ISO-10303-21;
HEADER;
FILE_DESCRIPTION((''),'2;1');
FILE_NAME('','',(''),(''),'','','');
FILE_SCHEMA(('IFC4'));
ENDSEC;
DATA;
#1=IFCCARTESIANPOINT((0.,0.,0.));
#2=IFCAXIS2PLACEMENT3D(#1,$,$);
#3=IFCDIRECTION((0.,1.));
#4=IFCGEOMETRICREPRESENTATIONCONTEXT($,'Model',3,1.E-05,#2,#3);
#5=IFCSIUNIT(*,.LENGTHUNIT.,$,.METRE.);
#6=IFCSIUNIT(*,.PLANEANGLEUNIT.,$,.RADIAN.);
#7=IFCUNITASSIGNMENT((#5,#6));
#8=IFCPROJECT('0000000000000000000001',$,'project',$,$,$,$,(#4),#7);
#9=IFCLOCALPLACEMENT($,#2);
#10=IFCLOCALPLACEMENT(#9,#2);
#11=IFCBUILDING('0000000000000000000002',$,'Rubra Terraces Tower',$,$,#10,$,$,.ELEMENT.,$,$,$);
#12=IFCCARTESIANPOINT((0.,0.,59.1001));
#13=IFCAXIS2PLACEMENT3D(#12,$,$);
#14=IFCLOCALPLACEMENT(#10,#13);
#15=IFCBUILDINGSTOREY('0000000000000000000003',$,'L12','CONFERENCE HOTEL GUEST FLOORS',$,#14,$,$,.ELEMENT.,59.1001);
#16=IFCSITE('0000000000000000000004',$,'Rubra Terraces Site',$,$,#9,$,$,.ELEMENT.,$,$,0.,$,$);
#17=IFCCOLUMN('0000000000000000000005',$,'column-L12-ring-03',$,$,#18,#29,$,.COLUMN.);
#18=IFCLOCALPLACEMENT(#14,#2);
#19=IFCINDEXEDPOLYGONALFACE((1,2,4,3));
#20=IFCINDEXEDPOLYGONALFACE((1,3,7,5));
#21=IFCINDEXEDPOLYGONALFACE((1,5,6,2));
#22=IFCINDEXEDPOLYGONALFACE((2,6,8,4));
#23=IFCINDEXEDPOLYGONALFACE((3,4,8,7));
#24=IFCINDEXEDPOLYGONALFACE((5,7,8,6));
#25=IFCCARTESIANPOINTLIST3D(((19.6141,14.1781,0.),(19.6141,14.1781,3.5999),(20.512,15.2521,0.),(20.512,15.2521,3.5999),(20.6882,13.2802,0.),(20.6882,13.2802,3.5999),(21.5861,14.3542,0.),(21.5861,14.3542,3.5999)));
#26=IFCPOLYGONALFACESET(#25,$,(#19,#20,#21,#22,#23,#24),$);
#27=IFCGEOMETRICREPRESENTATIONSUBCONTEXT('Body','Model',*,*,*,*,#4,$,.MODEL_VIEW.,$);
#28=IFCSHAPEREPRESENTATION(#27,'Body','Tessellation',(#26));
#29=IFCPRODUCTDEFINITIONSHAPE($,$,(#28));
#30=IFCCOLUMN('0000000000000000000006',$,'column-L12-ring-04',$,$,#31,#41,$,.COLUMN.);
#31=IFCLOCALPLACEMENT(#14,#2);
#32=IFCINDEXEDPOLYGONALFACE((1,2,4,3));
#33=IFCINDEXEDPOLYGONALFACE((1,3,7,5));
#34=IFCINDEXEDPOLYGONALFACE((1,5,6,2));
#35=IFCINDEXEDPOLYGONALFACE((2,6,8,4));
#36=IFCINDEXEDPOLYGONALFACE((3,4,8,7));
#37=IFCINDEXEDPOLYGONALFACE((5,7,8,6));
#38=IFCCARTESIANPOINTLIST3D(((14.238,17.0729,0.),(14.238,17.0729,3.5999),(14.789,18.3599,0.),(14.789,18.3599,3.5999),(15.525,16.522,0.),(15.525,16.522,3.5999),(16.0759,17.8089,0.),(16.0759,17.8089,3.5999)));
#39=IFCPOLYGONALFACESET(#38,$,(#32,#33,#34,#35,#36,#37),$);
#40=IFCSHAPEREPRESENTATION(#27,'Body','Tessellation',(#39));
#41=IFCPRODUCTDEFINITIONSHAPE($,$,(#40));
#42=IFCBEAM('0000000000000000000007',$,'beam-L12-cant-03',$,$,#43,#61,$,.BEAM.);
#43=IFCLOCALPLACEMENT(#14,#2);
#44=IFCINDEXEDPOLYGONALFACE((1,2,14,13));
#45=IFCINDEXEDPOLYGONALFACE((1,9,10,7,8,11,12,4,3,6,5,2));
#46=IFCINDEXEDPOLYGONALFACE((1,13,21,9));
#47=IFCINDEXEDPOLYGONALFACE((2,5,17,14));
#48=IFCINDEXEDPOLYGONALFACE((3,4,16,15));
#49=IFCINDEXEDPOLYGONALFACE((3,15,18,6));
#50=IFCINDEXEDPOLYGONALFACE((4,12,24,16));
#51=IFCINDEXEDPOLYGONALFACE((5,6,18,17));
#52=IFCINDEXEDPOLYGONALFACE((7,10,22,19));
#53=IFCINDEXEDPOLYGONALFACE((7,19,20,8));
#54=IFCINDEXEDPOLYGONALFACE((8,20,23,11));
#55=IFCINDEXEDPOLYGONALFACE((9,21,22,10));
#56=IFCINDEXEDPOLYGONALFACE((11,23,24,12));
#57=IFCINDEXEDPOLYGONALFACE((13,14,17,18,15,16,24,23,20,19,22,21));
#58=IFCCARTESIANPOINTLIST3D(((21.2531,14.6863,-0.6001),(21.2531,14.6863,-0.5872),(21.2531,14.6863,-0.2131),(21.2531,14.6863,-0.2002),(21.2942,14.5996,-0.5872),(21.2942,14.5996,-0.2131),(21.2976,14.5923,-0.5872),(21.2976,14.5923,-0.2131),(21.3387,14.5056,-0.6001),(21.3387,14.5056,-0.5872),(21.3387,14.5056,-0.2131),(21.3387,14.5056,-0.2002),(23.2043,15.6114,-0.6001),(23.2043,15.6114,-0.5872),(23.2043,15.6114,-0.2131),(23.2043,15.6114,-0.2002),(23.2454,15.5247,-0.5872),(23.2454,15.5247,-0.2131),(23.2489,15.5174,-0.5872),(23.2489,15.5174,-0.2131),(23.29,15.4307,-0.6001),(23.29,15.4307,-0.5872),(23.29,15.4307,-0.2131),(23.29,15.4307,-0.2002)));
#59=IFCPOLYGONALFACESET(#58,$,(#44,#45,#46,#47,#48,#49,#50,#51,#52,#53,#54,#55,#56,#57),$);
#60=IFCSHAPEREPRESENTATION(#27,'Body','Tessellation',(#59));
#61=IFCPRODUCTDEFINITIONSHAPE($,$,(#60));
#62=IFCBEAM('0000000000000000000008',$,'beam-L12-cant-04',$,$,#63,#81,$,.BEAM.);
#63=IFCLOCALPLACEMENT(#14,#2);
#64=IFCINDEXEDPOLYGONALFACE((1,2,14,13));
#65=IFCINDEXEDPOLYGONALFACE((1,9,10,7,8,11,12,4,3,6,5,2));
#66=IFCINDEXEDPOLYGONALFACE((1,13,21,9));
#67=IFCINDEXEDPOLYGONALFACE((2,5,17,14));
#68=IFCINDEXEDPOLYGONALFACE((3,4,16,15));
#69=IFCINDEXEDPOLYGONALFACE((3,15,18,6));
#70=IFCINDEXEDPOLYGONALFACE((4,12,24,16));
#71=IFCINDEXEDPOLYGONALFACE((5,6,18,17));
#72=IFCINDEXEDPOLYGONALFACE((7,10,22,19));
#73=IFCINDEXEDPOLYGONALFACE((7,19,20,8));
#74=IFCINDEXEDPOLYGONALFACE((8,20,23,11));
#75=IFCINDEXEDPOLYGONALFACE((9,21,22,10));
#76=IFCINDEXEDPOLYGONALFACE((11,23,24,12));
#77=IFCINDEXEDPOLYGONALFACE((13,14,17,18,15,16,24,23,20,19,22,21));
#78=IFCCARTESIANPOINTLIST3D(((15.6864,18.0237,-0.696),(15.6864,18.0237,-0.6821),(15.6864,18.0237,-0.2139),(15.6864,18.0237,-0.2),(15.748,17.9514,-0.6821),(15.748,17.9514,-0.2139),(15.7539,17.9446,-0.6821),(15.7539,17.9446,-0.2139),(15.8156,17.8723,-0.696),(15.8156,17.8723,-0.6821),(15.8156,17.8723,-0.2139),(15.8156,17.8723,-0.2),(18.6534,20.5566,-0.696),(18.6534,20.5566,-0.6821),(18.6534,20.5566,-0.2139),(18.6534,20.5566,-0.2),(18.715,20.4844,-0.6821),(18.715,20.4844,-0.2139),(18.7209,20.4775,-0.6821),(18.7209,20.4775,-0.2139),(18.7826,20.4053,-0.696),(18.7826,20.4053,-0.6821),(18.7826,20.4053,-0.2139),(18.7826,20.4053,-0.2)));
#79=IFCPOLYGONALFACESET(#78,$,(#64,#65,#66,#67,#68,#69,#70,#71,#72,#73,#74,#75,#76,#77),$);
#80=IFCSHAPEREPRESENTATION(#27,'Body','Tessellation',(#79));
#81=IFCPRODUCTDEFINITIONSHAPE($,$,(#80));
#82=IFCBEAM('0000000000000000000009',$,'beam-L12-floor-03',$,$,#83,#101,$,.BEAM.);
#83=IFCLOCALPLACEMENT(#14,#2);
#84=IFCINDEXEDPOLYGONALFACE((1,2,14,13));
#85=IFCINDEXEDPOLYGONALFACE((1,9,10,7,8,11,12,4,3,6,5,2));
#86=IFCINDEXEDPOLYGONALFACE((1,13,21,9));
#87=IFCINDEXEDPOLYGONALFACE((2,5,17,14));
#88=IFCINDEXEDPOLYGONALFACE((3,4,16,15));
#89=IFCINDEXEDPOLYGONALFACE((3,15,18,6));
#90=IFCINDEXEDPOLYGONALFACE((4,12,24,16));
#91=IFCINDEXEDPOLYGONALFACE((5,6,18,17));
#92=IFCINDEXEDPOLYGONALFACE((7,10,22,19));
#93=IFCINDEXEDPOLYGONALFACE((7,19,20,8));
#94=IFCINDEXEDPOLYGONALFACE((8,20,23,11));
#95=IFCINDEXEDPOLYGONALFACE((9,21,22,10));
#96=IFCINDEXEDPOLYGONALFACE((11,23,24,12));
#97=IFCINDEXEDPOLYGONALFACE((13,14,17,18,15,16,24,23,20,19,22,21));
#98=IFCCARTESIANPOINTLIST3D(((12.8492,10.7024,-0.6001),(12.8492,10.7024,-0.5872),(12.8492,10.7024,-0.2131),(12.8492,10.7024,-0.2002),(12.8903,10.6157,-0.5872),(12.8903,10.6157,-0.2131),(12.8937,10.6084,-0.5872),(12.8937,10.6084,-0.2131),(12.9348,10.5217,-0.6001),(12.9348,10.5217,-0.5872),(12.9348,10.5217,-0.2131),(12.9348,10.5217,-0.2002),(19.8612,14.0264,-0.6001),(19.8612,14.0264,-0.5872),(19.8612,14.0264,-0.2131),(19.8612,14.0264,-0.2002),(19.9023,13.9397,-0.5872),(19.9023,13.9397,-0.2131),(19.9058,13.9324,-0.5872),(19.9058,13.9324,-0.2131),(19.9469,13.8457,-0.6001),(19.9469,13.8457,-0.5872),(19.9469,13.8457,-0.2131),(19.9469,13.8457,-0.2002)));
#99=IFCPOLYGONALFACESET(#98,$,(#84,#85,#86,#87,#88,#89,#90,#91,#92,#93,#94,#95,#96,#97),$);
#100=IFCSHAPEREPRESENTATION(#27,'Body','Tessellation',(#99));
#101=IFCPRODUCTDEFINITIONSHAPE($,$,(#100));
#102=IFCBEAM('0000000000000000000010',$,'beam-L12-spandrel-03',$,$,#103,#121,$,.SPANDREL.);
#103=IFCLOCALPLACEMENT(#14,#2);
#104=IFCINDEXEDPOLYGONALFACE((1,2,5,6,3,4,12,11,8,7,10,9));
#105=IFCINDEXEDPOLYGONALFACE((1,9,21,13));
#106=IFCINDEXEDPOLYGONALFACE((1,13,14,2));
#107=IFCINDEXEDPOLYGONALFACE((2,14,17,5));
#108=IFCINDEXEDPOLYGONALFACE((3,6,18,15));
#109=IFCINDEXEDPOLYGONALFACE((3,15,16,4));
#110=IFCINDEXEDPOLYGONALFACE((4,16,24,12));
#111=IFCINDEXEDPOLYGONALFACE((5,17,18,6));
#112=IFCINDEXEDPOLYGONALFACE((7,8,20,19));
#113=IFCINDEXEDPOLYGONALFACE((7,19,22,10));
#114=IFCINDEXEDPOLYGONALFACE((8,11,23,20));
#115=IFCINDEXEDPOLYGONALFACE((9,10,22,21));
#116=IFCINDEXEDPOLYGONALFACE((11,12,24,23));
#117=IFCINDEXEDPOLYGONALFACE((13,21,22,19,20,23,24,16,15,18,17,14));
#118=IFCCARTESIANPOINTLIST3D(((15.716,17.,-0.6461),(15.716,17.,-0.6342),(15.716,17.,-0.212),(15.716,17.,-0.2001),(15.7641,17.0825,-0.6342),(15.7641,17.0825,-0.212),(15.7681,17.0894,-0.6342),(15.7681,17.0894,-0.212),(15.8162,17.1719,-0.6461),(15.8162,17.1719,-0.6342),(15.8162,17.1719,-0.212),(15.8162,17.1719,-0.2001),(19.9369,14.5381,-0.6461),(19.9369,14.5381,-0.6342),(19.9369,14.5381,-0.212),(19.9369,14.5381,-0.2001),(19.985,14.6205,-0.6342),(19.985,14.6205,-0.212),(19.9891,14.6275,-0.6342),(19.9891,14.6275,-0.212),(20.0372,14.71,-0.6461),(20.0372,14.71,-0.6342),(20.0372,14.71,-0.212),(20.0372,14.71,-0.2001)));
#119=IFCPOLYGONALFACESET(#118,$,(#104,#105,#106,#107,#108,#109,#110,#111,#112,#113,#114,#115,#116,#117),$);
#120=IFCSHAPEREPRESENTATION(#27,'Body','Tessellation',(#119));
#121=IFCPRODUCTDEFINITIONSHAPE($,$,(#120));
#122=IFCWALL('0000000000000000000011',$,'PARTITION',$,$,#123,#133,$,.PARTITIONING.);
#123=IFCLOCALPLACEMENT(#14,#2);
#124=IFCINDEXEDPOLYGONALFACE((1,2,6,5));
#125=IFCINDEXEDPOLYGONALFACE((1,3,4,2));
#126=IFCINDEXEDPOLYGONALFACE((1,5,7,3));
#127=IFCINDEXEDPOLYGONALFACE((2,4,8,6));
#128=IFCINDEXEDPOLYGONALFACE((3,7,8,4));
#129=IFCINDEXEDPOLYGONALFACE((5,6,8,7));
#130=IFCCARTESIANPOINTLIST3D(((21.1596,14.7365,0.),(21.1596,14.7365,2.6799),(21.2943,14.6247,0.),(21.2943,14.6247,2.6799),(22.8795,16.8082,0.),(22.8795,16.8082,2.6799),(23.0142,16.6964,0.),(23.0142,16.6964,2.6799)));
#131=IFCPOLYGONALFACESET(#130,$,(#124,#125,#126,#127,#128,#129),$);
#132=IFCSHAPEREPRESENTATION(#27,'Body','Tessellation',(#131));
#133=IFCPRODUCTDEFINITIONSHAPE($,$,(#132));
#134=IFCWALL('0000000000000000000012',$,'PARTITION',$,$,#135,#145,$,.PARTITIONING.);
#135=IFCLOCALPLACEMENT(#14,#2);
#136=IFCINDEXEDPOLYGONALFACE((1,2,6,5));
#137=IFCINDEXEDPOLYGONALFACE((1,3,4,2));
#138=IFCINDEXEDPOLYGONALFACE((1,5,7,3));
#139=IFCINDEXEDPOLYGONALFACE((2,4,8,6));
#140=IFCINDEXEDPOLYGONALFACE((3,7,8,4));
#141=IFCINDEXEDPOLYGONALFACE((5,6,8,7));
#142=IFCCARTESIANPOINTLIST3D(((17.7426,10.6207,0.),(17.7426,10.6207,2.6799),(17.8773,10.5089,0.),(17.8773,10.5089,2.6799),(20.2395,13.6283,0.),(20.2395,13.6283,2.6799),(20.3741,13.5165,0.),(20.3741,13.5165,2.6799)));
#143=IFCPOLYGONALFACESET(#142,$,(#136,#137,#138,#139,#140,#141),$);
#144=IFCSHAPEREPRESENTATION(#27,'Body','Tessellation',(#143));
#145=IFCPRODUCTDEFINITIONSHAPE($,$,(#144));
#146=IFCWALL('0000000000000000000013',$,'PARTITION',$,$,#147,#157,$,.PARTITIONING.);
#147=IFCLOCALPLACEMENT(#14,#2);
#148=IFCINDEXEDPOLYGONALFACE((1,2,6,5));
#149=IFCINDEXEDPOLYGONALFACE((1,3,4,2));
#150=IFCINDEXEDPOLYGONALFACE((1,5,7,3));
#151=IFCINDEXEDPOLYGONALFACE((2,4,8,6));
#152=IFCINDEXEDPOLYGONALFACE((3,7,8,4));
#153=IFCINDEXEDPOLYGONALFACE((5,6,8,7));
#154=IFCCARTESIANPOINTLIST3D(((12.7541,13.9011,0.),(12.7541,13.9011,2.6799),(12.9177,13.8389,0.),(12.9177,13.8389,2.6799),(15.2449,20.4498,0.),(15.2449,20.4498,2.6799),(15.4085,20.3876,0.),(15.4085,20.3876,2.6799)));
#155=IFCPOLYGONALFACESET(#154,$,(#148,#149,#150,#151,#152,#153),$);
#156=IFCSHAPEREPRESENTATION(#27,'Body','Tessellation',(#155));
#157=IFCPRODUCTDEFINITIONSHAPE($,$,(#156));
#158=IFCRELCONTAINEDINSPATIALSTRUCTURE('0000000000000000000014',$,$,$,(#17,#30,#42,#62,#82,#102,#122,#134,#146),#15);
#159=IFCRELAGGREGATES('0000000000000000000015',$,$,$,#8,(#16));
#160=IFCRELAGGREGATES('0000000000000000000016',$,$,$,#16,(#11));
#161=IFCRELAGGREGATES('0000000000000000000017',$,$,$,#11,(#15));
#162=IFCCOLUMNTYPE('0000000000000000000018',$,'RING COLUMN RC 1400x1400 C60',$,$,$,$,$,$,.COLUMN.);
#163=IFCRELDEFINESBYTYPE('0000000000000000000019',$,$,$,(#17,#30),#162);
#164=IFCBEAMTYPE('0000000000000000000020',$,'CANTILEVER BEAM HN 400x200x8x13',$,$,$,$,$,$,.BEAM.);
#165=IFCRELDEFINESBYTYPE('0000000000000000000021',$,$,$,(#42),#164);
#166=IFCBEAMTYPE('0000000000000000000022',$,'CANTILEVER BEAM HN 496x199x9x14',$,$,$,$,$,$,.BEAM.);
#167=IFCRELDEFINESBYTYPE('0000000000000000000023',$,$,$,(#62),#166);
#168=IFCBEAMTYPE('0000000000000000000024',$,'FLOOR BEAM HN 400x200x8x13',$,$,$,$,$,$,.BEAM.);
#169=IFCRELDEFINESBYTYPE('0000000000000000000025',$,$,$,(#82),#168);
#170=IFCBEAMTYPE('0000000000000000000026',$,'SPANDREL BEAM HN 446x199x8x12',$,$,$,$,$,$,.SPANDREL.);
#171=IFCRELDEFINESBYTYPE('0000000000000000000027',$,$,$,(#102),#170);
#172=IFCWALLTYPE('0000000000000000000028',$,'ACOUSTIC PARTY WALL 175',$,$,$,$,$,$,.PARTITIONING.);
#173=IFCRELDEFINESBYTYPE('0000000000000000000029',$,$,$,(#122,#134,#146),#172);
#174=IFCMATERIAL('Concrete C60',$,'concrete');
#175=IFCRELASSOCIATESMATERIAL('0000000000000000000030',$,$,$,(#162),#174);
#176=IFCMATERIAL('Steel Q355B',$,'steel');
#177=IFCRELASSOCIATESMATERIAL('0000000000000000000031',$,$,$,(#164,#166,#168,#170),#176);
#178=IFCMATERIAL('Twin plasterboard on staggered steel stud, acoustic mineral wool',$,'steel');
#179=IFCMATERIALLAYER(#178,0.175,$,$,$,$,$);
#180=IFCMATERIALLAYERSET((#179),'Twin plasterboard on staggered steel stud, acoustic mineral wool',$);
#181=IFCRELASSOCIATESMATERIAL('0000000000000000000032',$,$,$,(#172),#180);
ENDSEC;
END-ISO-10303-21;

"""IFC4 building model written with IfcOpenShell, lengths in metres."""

from ifc_helpers import new_model, si_unit, direction, frame, frame_2d, origin, origin_2d, place, context, subcontext, project, spatial, rectangle, i_section, extrude, material, layer, layer_set, material_profile, profile_set, type_object, element, save


model = new_model("IFC4")

# Units and contexts
model_context = context("Model", 3, precision=1e-05, world=origin(), true_north=direction((0.0, 1.0)))
body_context = subcontext(model_context, "Body", "Model", "MODEL_VIEW")
ifc_project = project(units=[si_unit("LENGTHUNIT", "METRE"), si_unit("PLANEANGLEUNIT", "RADIAN")], contexts=[model_context])

# Site, building, storey
site_placement = place(None, origin())
site = spatial("IfcSite", under=ifc_project, at=site_placement, Name="Rubra Terraces Site", CompositionType="ELEMENT", RefElevation=0.0)
building_placement = place(site_placement, origin())
building = spatial("IfcBuilding", under=site, at=building_placement, Name="Rubra Terraces Tower", CompositionType="ELEMENT")
storey_placement = place(building_placement, frame((0.0, 0.0, 59.1001)))
storey = spatial("IfcBuildingStorey", under=building, at=storey_placement, Name="L12", Description="CONFERENCE HOTEL GUEST FLOORS", CompositionType="ELEMENT", Elevation=59.1001)

# Columns
ifc_material_1 = material(Name="Concrete C60", Category="concrete")
ifc_material_profile_1 = material_profile(ifc_material_1, rectangle(XDim=1.3999, YDim=1.3999, at=origin_2d()), Name="RC 1400x1400")
ifc_profile_set_1 = profile_set([ifc_material_profile_1], Name="Concrete C60")
column_type = type_object("IfcColumnType", Name="RING COLUMN RC 1400x1400 C60", PredefinedType="COLUMN", material=ifc_profile_set_1)
for number, where, z_axis, x_axis, name in (
    (1, (20.6001, 14.2661, 0.0), (0.0, 0.0, 1.0), (-0.76721, 0.641397, 0.0), "column-L12-ring-03"),
    (2, (15.157, 17.4409, 0.0), (0.0, 0.0, 1.0), (-0.919294, 0.393572, 0.0), "column-L12-ring-04"),
):
    element("IfcColumn", number, at=place(storey_placement, frame(where, z_axis=z_axis, x_axis=x_axis)), inside=storey, type_object=column_type, Name=name, PredefinedType="COLUMN", context=body_context, shape_type="SweptSolid", body=[
        extrude(rectangle(XDim=1.3999, YDim=1.3999, at=origin_2d()), origin(), (0.0, 0.0, 1.0), 3.5999),
    ])

# Beams
ifc_material_2 = material(Name="Steel Q355B", Category="steel")
ifc_material_profile_2 = material_profile(ifc_material_2, i_section(OverallWidth=0.2, OverallDepth=0.3999, WebThickness=0.0081, FlangeThickness=0.0129, at=origin_2d()), Name="HN 400x200x8x13")
ifc_profile_set_2 = profile_set([ifc_material_profile_2], Name="Steel Q355B")
beam_type_1 = type_object("IfcBeamType", Name="CANTILEVER BEAM HN 400x200x8x13", PredefinedType="BEAM", material=ifc_profile_set_2)
beam_1_placement = place(storey_placement, frame((21.2959, 14.5959, -0.4001), z_axis=(0.903593, 0.428393, 0.0), x_axis=(-0.428393, 0.903593, 0.0)))
element("IfcBeam", 3, at=beam_1_placement, inside=storey, type_object=beam_type_1, Name="beam-L12-cant-03", PredefinedType="BEAM", context=body_context, shape_type="SweptSolid", body=[
    extrude(i_section(OverallWidth=0.2, OverallDepth=0.3999, WebThickness=0.0081, FlangeThickness=0.0129, at=origin_2d()), origin(), (0.0, 0.0, 1.0), 2.1594),
])
ifc_material_profile_3 = material_profile(ifc_material_2, i_section(OverallWidth=0.199, OverallDepth=0.4961, WebThickness=0.009, FlangeThickness=0.0139, at=origin_2d()), Name="HN 496x199x9x14")
ifc_profile_set_3 = profile_set([ifc_material_profile_3], Name="Steel Q355B")
beam_type_2 = type_object("IfcBeamType", Name="CANTILEVER BEAM HN 496x199x9x14", PredefinedType="BEAM", material=ifc_profile_set_3)
beam_2_placement = place(storey_placement, frame((15.751, 17.948, -0.448), z_axis=(0.760549, 0.64928, 0.0), x_axis=(-0.64928, 0.760549, 0.0)))
element("IfcBeam", 4, at=beam_2_placement, inside=storey, type_object=beam_type_2, Name="beam-L12-cant-04", PredefinedType="BEAM", context=body_context, shape_type="SweptSolid", body=[
    extrude(i_section(OverallWidth=0.199, OverallDepth=0.4961, WebThickness=0.009, FlangeThickness=0.0139, at=origin_2d()), origin(), (0.0, 0.0, 1.0), 3.9011),
])
ifc_material_profile_4 = material_profile(ifc_material_2, i_section(OverallWidth=0.2, OverallDepth=0.3999, WebThickness=0.0081, FlangeThickness=0.0129, at=origin_2d()), Name="HN 400x200x8x13")
ifc_profile_set_4 = profile_set([ifc_material_profile_4], Name="Steel Q355B")
beam_type_3 = type_object("IfcBeamType", Name="FLOOR BEAM HN 400x200x8x13", PredefinedType="BEAM", material=ifc_profile_set_4)
beam_3_placement = place(storey_placement, frame((19.9041, 13.936, -0.4001), z_axis=(-0.903612, -0.428351, 0.0), x_axis=(0.428351, -0.903612, 0.0)))
element("IfcBeam", 5, at=beam_3_placement, inside=storey, type_object=beam_type_3, Name="beam-L12-floor-03", PredefinedType="BEAM", context=body_context, shape_type="SweptSolid", body=[
    extrude(i_section(OverallWidth=0.2, OverallDepth=0.3999, WebThickness=0.0081, FlangeThickness=0.0129, at=origin_2d()), origin(), (0.0, 0.0, 1.0), 7.76),
])
ifc_material_profile_5 = material_profile(ifc_material_2, i_section(OverallWidth=0.199, OverallDepth=0.446, WebThickness=0.0081, FlangeThickness=0.012, at=origin_2d()), Name="HN 446x199x8x12")
ifc_profile_set_5 = profile_set([ifc_material_profile_5], Name="Steel Q355B")
beam_type_4 = type_object("IfcBeamType", Name="SPANDREL BEAM HN 446x199x8x12", PredefinedType="SPANDREL", material=ifc_profile_set_5)
beam_4_placement = place(storey_placement, frame((19.9871, 14.624, -0.4231), z_axis=(-0.863806, 0.503824, 0.0), x_axis=(-0.503824, -0.863806, 0.0)))
element("IfcBeam", 6, at=beam_4_placement, inside=storey, type_object=beam_type_4, Name="beam-L12-spandrel-03", PredefinedType="SPANDREL", context=body_context, shape_type="SweptSolid", body=[
    extrude(i_section(OverallWidth=0.199, OverallDepth=0.446, WebThickness=0.0081, FlangeThickness=0.012, at=origin_2d()), origin(), (0.0, 0.0, 1.0), 4.8865),
])

# Walls
ifc_material_3 = material(Name="Twin plasterboard on staggered steel stud, acoustic mineral wool", Category="steel")
ifc_layer_1 = layer(ifc_material_3, 0.175)
ifc_layer_set_1 = layer_set([ifc_layer_1], Name="Twin plasterboard on staggered steel stud, acoustic mineral wool")
wall_type_1 = type_object("IfcWallType", Name="ACOUSTIC PARTY WALL 175", PredefinedType="PARTITIONING", material=ifc_layer_set_1)
wall_1_placement = place(storey_placement, frame((22.9468, 16.7522, 0.0), z_axis=(0.0, 0.0, 1.0), x_axis=(-0.638756, -0.769409, 0.0)))
element("IfcWall", 7, at=wall_1_placement, inside=storey, type_object=wall_type_1, Name="PARTITION", PredefinedType="PARTITIONING", context=body_context, shape_type="SweptSolid", body=[
    extrude(rectangle(XDim=2.6926, YDim=0.175, at=frame_2d((1.3462, 0.0))), origin(), (0.0, 0.0, 1.0), 2.6799),
])
wall_2_placement = place(storey_placement, frame((20.3069, 13.5725, 0.0), z_axis=(0.0, 0.0, 1.0), x_axis=(-0.638752, -0.769413, 0.0)))
element("IfcWall", 8, at=wall_2_placement, inside=storey, type_object=wall_type_1, Name="PARTITION", PredefinedType="PARTITIONING", context=body_context, shape_type="SweptSolid", body=[
    extrude(rectangle(XDim=3.9089, YDim=0.175, at=frame_2d((1.9546, 0.0))), origin(), (0.0, 0.0, 1.0), 2.6799),
])
wall_3_placement = place(storey_placement, frame((15.3267, 20.4187, 0.0), z_axis=(0.0, 0.0, 1.0), x_axis=(-0.3555, -0.934676, 0.0)))
element("IfcWall", 9, at=wall_3_placement, inside=storey, type_object=wall_type_1, Name="PARTITION", PredefinedType="PARTITIONING", context=body_context, shape_type="SweptSolid", body=[
    extrude(rectangle(XDim=7.0063, YDim=0.175, at=frame_2d((3.5032, 0.0))), origin(), (0.0, 0.0, 1.0), 2.6799),
])

save(model, "model.ifc")
